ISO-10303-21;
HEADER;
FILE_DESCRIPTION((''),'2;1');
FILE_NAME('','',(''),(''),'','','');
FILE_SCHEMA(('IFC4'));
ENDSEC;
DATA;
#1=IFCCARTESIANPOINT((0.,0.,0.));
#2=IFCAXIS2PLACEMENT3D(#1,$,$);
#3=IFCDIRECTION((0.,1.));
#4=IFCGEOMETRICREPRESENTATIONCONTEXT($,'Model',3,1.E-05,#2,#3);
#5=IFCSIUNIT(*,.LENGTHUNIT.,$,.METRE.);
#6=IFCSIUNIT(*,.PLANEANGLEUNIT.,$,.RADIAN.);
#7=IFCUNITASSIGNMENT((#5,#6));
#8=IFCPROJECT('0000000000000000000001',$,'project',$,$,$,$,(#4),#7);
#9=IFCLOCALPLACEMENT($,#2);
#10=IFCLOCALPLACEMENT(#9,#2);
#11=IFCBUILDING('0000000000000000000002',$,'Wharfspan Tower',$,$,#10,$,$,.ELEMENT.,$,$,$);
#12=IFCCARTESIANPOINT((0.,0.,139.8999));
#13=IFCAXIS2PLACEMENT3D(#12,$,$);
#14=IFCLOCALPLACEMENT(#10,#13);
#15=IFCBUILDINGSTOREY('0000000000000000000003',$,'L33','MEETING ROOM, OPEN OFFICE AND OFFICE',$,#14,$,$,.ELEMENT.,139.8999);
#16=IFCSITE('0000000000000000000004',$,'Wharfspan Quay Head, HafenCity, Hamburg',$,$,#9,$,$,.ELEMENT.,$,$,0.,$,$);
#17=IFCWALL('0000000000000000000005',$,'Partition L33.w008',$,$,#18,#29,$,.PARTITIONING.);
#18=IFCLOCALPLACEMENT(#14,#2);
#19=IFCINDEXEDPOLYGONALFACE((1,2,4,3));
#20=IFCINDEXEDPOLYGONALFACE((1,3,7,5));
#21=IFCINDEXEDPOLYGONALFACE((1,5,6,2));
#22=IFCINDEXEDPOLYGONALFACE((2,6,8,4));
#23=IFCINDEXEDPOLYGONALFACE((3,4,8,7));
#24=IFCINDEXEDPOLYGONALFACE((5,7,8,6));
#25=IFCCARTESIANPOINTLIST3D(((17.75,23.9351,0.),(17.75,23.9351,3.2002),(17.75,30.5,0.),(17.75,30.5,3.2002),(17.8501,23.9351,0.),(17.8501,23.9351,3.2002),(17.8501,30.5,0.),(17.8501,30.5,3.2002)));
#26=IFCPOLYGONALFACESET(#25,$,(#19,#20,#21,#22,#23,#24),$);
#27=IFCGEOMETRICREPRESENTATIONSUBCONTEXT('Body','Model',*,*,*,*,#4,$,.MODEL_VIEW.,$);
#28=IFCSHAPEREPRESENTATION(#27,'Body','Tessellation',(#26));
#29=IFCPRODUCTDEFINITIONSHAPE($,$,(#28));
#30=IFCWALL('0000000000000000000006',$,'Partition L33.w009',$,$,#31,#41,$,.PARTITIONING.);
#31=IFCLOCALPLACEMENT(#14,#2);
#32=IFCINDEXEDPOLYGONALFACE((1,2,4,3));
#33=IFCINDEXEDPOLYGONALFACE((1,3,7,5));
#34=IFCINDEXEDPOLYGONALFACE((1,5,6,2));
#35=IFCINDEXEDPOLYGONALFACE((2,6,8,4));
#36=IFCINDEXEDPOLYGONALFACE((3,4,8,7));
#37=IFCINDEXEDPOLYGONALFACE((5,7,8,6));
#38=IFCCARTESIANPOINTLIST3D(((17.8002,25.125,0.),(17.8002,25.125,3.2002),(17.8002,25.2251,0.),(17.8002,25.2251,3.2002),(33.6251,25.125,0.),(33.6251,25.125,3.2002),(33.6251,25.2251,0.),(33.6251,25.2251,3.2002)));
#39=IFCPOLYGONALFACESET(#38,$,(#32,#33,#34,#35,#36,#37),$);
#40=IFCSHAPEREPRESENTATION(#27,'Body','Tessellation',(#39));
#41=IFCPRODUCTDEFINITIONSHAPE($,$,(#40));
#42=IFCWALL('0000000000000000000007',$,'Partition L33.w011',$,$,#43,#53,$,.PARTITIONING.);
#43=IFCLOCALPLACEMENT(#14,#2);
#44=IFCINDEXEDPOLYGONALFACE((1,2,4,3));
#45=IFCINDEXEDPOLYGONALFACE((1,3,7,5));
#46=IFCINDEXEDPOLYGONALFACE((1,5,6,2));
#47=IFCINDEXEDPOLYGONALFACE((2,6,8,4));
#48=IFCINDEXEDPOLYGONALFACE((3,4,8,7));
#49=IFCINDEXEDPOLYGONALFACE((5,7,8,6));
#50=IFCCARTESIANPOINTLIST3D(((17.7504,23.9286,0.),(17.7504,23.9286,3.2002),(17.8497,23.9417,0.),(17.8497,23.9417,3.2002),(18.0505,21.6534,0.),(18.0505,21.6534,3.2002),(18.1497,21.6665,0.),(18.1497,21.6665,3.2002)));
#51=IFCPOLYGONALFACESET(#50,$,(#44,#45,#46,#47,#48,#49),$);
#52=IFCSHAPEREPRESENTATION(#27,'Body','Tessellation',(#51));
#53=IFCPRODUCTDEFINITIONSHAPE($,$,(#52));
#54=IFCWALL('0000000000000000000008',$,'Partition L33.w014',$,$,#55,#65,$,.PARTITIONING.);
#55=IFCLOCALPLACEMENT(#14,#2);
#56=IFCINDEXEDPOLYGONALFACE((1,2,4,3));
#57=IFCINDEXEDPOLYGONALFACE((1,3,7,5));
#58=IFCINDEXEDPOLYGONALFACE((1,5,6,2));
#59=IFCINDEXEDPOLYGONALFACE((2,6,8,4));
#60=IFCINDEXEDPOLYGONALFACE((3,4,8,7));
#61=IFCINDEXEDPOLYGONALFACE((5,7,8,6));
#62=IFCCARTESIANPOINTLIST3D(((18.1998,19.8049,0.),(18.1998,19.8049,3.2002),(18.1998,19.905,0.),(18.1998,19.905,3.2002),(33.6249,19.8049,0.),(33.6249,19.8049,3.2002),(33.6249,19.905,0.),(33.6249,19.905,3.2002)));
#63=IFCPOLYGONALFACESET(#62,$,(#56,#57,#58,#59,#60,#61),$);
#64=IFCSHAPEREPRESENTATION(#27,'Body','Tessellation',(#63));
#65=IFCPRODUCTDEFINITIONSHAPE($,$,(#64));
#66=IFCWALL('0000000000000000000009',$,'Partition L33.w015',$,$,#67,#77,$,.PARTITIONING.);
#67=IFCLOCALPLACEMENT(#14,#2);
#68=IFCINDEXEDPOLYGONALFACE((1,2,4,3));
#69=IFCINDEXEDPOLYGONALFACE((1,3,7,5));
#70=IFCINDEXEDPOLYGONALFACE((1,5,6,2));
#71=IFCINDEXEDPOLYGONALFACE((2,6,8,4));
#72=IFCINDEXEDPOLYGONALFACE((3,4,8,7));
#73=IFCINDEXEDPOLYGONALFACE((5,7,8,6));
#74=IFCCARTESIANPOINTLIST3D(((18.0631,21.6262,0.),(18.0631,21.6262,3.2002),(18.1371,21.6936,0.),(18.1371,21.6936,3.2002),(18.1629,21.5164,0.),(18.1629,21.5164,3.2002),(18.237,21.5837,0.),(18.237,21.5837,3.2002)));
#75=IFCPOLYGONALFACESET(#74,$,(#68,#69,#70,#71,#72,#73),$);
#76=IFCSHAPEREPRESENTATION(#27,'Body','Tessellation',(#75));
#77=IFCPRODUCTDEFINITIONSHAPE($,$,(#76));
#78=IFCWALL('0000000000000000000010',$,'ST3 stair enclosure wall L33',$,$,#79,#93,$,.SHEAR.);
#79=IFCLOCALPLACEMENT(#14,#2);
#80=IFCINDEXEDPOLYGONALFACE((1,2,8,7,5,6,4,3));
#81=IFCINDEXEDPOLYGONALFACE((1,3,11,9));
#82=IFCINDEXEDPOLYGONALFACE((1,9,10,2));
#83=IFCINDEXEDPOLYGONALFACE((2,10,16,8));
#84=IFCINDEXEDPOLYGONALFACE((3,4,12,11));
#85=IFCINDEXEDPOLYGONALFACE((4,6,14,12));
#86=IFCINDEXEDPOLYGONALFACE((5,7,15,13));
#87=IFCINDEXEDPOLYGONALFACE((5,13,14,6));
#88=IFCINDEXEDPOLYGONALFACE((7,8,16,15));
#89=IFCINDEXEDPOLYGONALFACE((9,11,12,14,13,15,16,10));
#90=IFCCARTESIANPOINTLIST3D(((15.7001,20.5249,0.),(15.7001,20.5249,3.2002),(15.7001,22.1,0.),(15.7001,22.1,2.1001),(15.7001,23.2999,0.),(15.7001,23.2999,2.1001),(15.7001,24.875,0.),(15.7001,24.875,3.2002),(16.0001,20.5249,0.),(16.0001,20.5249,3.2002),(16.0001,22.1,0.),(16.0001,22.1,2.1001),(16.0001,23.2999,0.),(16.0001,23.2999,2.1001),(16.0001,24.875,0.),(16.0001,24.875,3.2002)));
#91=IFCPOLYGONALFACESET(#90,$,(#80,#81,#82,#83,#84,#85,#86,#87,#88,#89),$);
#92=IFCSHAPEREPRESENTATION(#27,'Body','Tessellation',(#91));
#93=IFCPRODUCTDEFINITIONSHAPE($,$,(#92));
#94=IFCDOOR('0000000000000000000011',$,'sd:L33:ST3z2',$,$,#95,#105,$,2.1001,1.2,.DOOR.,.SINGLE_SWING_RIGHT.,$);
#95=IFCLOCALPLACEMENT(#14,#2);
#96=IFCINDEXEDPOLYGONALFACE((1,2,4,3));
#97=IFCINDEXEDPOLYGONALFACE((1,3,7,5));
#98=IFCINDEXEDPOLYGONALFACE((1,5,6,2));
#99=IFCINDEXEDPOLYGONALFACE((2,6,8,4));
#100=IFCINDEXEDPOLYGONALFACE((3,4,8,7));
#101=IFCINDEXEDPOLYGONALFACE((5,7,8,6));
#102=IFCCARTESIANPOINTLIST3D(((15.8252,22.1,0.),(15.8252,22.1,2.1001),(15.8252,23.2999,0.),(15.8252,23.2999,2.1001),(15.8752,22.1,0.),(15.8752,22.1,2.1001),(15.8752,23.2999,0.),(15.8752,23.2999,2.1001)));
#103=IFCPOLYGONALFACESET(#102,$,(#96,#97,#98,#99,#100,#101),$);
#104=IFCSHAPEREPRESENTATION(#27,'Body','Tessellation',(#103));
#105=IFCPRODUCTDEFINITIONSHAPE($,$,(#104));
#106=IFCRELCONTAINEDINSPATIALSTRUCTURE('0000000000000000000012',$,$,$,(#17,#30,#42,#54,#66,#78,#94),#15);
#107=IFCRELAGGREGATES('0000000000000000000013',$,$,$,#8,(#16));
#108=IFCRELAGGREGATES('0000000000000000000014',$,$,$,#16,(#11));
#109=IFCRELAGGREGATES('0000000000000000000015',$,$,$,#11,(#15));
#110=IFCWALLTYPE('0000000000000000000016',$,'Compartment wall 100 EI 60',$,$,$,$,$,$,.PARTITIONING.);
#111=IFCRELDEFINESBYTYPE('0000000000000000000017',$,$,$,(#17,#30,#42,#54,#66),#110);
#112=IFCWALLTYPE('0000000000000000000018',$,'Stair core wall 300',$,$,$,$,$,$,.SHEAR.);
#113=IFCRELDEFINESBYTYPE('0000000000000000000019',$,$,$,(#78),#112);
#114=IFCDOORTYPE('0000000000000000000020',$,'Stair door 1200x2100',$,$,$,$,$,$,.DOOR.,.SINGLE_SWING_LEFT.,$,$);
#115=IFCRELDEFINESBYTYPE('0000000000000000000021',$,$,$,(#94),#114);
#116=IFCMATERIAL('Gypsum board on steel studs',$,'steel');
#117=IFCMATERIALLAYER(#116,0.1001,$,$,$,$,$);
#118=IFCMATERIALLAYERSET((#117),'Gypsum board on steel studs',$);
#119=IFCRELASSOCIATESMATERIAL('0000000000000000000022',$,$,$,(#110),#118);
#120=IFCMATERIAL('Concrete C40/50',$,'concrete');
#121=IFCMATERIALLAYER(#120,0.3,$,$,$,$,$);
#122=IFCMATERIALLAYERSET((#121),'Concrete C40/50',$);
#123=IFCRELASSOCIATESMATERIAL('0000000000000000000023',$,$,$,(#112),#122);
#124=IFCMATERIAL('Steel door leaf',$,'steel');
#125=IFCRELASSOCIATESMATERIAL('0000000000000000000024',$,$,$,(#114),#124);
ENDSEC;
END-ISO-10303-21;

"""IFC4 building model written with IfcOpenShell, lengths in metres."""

from ifc_helpers import new_model, si_unit, direction, frame, frame_2d, origin, place, context, subcontext, project, spatial, rectangle, extrude, material, layer, layer_set, type_object, element, fill, save


model = new_model("IFC4")

# Units and contexts
model_context = context("Model", 3, precision=1e-05, world=origin(), true_north=direction((0.0, 1.0)))
body_context = subcontext(model_context, "Body", "Model", "MODEL_VIEW")
ifc_project = project(units=[si_unit("LENGTHUNIT", "METRE"), si_unit("PLANEANGLEUNIT", "RADIAN")], contexts=[model_context])

# Site, building, storey
site_placement = place(None, origin())
site = spatial("IfcSite", under=ifc_project, at=site_placement, Name="Wharfspan Quay Head, HafenCity, Hamburg", CompositionType="ELEMENT", RefElevation=0.0)
building_placement = place(site_placement, origin())
building = spatial("IfcBuilding", under=site, at=building_placement, Name="Wharfspan Tower", CompositionType="ELEMENT")
storey_placement = place(building_placement, frame((0.0, 0.0, 139.8999)))
storey = spatial("IfcBuildingStorey", under=building, at=storey_placement, Name="L33", Description="MEETING ROOM, OPEN OFFICE AND OFFICE", CompositionType="ELEMENT", Elevation=139.8999)

# Walls
ifc_material_1 = material(Name="Gypsum board on steel studs", Category="steel")
ifc_layer_1 = layer(ifc_material_1, 0.1001)
ifc_layer_set_1 = layer_set([ifc_layer_1], Name="Gypsum board on steel studs")
wall_type_1 = type_object("IfcWallType", Name="Compartment wall 100 EI 60", PredefinedType="PARTITIONING", material=ifc_layer_set_1)
wall_1_placement = place(storey_placement, frame((17.8, 23.9351, 0.0), z_axis=(0.0, 0.0, 1.0), x_axis=(0.0, 1.0, 0.0)))
element("IfcWall", 1, at=wall_1_placement, inside=storey, type_object=wall_type_1, Name="Partition L33.w008", PredefinedType="PARTITIONING", context=body_context, shape_type="SweptSolid", body=[
    extrude(rectangle(XDim=6.5649, YDim=0.1001, at=frame_2d((3.2825, 0.0))), origin(), (0.0, 0.0, 1.0), 3.2002),
])
wall_2_placement = place(storey_placement, frame((17.8, 25.175, 0.0), z_axis=(0.0, 0.0, 1.0), x_axis=(1.0, 0.0, 0.0)))
element("IfcWall", 2, at=wall_2_placement, inside=storey, type_object=wall_type_1, Name="Partition L33.w009", PredefinedType="PARTITIONING", context=body_context, shape_type="SweptSolid", body=[
    extrude(rectangle(XDim=15.825, YDim=0.1001, at=frame_2d((7.9126, 0.0))), origin(), (0.0, 0.0, 1.0), 3.2002),
])
wall_3_placement = place(storey_placement, frame((18.1001, 21.6599, 0.0), z_axis=(0.0, 0.0, 1.0), x_axis=(-0.130749, 0.991416, 0.0)))
element("IfcWall", 3, at=wall_3_placement, inside=storey, type_object=wall_type_1, Name="Partition L33.w011", PredefinedType="PARTITIONING", context=body_context, shape_type="SweptSolid", body=[
    extrude(rectangle(XDim=2.2949, YDim=0.1001, at=frame_2d((1.1475, 0.0))), origin(), (0.0, 0.0, 1.0), 3.2002),
])
wall_4_placement = place(storey_placement, frame((18.2, 19.855, 0.0), z_axis=(0.0, 0.0, 1.0), x_axis=(1.0, 0.0, 0.0)))
element("IfcWall", 4, at=wall_4_placement, inside=storey, type_object=wall_type_1, Name="Partition L33.w014", PredefinedType="PARTITIONING", context=body_context, shape_type="SweptSolid", body=[
    extrude(rectangle(XDim=15.425, YDim=0.1001, at=frame_2d((7.7124, 0.0))), origin(), (0.0, 0.0, 1.0), 3.2002),
])
wall_5_placement = place(storey_placement, frame((18.2, 21.55, 0.0), z_axis=(0.0, 0.0, 1.0), x_axis=(-0.672587, 0.74001, 0.0)))
element("IfcWall", 5, at=wall_5_placement, inside=storey, type_object=wall_type_1, Name="Partition L33.w015", PredefinedType="PARTITIONING", context=body_context, shape_type="SweptSolid", body=[
    extrude(rectangle(XDim=0.1484, YDim=0.1001, at=frame_2d((0.0742, 0.0))), origin(), (0.0, 0.0, 1.0), 3.2002),
])

# Wall, opening, door
ifc_material_2 = material(Name="Concrete C40/50", Category="concrete")
ifc_layer_2 = layer(ifc_material_2, 0.3)
ifc_layer_set_2 = layer_set([ifc_layer_2], Name="Concrete C40/50")
wall_type_2 = type_object("IfcWallType", Name="Stair core wall 300", PredefinedType="SHEAR", material=ifc_layer_set_2)
wall_6_placement = place(storey_placement, frame((15.8501, 20.5249, 0.0), z_axis=(0.0, 0.0, 1.0), x_axis=(0.0, 1.0, 0.0)))
wall_6 = element("IfcWall", 6, at=wall_6_placement, inside=storey, type_object=wall_type_2, Name="ST3 stair enclosure wall L33", PredefinedType="SHEAR", context=body_context, shape_type="SweptSolid", body=[
    extrude(rectangle(XDim=4.3501, YDim=0.3, at=frame_2d((2.175, 0.0))), origin(), (0.0, 0.0, 1.0), 3.2002),
])
opening_placement = place(wall_6_placement, frame((1.575, 0.0, 0.0)))
opening = element("IfcOpeningElement", 7, at=opening_placement, cuts=wall_6, PredefinedType="OPENING", context=body_context, shape_type="SweptSolid", body=[
    extrude(rectangle(XDim=1.2, YDim=2.1001, at=frame_2d((0.6001, 1.05))), frame((0.0, 0.1599, 0.0), z_axis=(0.0, -1.0, 0.0), x_axis=(1.0, 0.0, 0.0)), (0.0, 0.0, 1.0), 0.3201),
])
ifc_material_3 = material(Name="Steel door leaf", Category="steel")
door_type = type_object("IfcDoorType", Name="Stair door 1200x2100", OperationType="SINGLE_SWING_LEFT", PredefinedType="DOOR", material=ifc_material_3)
door_placement = place(opening_placement, origin())
door = element("IfcDoor", 8, at=door_placement, inside=storey, type_object=door_type, Name="sd:L33:ST3z2", OperationType="SINGLE_SWING_RIGHT", OverallHeight=2.1001, OverallWidth=1.2, PredefinedType="DOOR", context=body_context, shape_type="SweptSolid", body=[
    extrude(rectangle(XDim=1.2, YDim=2.1001, at=frame_2d((0.6001, 1.05))), frame((0.0, 0.0249, 0.0), z_axis=(0.0, -1.0, 0.0), x_axis=(1.0, 0.0, 0.0)), (0.0, 0.0, 1.0), 0.05),
])
fill(opening, door)

save(model, "model.ifc")
